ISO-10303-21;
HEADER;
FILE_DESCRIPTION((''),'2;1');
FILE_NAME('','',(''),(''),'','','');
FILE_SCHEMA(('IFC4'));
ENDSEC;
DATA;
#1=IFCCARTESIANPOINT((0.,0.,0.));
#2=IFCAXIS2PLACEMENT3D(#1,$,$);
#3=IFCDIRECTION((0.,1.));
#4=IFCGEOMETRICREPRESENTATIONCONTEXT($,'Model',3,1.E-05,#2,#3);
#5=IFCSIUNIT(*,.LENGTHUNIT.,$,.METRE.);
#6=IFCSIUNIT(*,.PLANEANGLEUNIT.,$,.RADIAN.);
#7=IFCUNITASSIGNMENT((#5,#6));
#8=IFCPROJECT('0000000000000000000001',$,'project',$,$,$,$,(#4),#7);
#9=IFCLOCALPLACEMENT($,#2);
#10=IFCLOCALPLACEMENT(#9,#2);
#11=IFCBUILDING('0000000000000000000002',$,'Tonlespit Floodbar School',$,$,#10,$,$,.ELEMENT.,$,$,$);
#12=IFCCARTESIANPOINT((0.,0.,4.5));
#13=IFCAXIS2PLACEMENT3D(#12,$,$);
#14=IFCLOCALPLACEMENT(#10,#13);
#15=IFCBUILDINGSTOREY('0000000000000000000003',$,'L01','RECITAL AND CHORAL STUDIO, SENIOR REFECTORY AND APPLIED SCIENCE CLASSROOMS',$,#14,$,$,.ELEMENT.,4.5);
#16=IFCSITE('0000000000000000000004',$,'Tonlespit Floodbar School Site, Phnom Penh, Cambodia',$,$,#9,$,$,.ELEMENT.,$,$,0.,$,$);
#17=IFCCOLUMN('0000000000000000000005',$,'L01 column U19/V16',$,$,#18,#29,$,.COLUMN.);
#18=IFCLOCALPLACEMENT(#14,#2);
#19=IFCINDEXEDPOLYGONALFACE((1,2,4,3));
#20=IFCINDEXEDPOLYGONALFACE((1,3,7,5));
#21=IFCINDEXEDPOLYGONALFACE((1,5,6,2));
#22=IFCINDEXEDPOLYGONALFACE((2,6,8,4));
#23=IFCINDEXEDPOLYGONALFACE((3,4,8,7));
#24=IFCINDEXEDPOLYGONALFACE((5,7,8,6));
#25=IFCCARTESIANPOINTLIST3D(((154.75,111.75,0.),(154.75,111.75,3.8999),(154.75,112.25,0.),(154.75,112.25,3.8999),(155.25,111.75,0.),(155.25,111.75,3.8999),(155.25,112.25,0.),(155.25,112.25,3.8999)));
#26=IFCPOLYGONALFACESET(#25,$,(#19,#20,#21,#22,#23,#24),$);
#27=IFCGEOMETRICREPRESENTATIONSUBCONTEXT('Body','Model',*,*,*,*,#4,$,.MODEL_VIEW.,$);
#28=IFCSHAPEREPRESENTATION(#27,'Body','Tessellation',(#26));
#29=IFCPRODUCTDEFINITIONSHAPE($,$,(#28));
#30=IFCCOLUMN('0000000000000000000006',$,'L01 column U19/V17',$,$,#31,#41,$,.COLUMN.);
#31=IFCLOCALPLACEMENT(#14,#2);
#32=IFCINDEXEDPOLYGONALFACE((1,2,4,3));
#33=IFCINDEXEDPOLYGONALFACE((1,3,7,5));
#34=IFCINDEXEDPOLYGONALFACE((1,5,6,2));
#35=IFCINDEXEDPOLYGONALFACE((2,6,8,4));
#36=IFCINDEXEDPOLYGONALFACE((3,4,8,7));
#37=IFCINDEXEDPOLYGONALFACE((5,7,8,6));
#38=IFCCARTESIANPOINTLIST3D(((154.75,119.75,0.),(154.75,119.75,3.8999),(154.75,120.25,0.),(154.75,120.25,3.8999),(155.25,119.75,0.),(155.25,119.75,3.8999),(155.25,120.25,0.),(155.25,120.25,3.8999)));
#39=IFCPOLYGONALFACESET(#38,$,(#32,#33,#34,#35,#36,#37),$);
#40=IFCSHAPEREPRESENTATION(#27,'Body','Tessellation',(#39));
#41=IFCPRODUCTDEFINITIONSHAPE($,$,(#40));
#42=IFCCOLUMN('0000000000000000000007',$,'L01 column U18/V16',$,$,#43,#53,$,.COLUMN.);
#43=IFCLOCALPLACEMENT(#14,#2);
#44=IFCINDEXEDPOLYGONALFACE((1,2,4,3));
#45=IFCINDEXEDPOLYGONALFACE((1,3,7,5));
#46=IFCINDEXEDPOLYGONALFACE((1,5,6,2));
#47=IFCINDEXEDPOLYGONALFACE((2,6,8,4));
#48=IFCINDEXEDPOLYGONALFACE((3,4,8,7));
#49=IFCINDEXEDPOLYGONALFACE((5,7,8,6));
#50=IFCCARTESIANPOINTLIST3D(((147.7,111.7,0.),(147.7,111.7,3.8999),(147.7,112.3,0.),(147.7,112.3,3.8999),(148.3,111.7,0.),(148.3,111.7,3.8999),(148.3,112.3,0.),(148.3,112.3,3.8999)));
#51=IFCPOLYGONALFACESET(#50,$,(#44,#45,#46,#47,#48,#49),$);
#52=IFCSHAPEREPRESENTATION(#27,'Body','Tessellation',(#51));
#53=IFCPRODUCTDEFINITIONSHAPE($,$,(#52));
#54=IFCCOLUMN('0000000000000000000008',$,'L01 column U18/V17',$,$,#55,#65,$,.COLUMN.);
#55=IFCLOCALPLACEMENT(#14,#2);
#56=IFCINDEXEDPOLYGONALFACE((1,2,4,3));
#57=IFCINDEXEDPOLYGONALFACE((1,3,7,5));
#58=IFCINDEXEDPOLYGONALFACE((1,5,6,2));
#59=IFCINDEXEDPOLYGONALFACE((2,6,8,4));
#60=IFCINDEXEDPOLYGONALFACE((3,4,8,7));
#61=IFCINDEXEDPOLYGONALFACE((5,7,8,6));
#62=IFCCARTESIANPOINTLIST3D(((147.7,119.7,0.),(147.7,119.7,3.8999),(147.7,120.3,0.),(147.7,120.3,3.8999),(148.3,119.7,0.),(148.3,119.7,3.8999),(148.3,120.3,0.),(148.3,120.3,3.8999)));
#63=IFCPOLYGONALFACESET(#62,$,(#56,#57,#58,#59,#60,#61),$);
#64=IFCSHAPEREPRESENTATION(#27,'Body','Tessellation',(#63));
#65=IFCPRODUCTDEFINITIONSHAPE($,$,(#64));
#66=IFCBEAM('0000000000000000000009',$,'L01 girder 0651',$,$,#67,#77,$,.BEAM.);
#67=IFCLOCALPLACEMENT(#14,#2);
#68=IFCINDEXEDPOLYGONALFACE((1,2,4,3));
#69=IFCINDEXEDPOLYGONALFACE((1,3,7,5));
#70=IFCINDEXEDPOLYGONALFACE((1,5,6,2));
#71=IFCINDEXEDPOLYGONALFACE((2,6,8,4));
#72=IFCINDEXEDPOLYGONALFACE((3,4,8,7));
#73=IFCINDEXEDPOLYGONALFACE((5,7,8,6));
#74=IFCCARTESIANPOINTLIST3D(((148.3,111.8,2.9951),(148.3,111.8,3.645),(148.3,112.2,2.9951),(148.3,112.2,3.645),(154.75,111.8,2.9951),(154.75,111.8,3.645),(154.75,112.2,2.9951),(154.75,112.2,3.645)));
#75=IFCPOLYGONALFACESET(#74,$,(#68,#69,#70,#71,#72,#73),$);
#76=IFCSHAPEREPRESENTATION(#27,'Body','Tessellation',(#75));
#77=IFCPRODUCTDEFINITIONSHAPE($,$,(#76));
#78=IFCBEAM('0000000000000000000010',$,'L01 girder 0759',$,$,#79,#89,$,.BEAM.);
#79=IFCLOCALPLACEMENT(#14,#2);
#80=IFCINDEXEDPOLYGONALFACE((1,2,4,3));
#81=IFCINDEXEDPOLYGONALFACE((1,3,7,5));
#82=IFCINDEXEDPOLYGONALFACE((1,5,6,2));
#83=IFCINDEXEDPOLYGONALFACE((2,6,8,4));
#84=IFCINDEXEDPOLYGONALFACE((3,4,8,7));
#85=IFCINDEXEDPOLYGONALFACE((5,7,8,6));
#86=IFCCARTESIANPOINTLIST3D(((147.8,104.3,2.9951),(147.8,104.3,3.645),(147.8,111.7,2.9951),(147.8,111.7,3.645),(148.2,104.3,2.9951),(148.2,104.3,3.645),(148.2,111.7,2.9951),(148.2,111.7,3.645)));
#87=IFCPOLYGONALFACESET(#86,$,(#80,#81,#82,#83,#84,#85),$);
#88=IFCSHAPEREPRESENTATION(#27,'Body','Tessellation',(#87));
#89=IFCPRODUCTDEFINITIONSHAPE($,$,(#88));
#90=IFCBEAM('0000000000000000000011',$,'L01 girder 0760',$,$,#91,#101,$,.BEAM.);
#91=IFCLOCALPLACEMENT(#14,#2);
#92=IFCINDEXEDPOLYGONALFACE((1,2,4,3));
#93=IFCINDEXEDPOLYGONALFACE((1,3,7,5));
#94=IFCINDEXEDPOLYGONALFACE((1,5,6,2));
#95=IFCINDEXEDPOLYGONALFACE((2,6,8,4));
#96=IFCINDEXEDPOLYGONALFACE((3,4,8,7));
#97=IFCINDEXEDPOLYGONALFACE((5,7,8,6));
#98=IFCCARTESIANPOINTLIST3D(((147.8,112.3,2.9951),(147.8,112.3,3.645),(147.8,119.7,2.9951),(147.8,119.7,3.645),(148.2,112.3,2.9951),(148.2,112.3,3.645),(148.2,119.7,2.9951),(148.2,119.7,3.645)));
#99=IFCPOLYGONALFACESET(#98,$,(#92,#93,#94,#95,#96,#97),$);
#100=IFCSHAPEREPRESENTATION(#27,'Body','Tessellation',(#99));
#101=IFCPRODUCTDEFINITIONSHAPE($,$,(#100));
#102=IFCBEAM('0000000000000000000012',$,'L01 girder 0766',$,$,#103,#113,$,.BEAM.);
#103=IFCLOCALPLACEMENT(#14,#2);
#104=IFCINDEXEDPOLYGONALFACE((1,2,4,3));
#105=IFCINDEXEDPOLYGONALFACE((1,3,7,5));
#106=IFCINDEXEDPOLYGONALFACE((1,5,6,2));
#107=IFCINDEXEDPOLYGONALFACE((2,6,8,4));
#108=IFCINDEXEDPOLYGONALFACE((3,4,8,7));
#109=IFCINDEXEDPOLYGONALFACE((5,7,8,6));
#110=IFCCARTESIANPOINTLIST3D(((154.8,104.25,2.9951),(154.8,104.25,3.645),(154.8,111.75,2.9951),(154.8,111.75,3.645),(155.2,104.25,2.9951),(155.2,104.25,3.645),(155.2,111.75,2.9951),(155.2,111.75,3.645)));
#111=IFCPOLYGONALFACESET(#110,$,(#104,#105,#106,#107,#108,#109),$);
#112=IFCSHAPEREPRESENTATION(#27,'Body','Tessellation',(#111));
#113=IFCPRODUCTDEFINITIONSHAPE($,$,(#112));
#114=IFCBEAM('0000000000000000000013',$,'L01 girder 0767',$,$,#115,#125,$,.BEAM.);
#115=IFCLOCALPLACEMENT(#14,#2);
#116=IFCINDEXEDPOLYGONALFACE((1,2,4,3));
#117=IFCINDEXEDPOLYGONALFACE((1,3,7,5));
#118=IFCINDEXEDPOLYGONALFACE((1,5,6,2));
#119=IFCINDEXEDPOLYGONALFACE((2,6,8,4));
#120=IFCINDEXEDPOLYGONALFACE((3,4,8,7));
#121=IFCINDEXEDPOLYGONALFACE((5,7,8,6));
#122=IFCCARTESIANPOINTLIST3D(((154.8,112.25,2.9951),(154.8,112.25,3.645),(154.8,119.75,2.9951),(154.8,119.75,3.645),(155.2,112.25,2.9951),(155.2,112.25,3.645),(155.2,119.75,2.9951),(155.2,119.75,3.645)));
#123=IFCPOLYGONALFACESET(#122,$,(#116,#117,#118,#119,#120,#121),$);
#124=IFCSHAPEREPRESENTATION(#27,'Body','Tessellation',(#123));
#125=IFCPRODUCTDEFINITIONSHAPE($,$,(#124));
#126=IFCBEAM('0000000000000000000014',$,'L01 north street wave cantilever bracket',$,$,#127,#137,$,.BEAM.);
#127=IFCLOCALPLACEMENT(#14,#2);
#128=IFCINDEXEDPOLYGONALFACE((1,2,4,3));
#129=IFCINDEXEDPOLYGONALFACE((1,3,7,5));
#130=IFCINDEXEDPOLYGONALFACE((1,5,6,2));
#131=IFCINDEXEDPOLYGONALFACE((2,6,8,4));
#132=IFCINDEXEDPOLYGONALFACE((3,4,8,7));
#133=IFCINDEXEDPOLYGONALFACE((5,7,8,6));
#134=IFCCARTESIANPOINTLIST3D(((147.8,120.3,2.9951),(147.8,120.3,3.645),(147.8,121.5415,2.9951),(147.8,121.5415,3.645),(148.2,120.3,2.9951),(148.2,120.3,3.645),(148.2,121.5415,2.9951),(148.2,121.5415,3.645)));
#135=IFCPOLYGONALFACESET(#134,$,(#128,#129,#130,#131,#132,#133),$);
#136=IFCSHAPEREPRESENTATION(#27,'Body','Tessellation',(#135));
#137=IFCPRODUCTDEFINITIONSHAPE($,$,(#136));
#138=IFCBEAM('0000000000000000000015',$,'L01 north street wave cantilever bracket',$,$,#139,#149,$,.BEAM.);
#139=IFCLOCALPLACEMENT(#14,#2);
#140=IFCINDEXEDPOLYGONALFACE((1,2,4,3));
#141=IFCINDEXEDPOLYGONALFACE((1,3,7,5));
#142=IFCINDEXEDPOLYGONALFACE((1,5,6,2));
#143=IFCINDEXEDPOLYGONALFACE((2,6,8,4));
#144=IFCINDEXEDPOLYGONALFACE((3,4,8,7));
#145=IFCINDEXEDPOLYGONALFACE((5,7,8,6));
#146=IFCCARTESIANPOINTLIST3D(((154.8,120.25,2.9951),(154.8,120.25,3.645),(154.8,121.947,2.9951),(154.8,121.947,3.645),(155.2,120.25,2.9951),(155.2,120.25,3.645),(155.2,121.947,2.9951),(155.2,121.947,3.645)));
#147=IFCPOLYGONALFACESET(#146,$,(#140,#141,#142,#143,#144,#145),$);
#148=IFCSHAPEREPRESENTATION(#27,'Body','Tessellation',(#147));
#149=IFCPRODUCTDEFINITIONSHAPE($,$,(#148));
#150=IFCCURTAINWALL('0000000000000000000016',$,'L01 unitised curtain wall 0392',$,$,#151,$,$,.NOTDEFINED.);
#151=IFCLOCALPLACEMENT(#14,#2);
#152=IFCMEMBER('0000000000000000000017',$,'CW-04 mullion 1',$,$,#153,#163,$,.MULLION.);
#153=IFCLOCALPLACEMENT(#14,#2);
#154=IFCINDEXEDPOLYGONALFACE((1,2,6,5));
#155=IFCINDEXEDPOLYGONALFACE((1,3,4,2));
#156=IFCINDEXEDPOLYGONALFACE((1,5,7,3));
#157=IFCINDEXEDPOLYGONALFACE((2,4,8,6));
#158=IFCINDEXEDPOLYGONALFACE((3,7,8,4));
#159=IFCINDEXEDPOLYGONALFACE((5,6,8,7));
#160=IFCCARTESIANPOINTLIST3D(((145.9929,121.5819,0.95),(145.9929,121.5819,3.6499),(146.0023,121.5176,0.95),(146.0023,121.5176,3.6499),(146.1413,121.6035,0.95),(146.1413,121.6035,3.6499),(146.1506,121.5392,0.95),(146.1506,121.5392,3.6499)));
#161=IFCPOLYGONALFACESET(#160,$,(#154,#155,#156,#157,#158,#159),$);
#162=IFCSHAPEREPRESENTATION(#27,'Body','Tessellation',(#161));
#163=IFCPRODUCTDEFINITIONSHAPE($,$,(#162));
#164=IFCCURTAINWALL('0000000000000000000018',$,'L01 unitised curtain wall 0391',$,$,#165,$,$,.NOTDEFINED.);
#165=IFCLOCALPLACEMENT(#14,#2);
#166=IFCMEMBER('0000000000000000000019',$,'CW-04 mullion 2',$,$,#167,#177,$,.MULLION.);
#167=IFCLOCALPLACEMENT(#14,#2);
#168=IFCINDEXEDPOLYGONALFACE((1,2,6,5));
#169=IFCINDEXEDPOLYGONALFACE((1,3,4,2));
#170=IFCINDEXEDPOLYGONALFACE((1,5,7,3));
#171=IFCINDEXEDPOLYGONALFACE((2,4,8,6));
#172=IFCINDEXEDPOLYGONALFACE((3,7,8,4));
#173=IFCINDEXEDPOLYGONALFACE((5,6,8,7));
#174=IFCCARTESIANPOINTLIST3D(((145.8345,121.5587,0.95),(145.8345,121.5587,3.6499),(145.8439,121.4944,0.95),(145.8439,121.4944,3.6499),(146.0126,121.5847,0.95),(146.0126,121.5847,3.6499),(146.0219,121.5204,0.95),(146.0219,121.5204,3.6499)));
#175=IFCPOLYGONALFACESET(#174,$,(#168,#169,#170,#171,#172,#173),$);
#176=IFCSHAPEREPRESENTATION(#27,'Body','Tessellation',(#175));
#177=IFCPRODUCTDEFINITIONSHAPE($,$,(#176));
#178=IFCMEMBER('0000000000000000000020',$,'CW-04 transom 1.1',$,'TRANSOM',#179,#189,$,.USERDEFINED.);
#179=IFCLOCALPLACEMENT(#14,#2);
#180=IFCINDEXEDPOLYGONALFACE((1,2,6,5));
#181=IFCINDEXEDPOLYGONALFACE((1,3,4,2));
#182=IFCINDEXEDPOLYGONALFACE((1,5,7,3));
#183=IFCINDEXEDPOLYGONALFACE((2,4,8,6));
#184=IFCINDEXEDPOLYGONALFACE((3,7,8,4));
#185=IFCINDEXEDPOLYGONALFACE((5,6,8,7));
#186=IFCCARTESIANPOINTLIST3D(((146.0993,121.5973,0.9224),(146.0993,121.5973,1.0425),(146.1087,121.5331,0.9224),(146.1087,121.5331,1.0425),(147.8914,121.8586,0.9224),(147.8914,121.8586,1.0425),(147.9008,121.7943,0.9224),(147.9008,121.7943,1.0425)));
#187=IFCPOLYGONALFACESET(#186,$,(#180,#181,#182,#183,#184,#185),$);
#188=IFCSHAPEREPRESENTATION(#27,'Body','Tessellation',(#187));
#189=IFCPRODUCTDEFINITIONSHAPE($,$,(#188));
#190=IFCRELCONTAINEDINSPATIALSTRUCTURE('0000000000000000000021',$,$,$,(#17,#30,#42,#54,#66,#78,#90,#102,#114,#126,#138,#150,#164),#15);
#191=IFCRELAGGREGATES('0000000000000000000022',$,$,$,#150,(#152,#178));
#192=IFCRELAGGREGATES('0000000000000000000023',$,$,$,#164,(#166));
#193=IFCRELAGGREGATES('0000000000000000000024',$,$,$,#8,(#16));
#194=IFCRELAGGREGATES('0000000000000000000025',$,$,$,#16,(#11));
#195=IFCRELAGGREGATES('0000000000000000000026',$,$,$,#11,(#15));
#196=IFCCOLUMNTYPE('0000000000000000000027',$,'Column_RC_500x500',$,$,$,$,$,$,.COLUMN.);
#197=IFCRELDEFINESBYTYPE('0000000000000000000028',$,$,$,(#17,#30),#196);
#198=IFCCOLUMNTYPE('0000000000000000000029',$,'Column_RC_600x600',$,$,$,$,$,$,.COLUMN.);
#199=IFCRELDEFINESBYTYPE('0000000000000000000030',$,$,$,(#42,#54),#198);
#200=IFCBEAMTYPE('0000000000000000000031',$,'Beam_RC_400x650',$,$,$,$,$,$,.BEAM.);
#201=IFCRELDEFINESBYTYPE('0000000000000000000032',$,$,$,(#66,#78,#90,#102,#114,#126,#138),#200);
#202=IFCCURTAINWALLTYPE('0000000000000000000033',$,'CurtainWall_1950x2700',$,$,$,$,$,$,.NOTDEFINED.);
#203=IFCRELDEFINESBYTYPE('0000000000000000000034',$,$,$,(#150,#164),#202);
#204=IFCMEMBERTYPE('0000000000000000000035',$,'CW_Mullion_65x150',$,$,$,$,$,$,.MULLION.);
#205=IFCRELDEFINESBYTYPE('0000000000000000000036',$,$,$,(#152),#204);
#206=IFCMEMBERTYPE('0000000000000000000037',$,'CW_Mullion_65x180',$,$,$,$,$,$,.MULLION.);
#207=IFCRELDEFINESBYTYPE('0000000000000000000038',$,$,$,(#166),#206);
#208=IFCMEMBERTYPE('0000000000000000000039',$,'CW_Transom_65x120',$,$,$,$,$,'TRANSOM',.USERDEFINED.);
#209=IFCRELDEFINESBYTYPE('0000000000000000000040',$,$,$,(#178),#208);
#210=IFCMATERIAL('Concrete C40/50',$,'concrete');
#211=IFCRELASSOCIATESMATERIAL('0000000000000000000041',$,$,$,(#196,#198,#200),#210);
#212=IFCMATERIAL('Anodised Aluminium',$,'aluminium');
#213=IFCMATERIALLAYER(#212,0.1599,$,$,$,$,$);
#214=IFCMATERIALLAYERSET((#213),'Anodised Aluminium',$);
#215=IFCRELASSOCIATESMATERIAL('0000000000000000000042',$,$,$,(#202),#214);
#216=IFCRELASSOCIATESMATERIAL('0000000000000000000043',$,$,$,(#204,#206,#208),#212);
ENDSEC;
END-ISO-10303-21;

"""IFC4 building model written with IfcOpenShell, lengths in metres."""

from ifc_helpers import new_model, si_unit, direction, frame, origin, origin_2d, place, context, subcontext, project, spatial, rectangle, extrude, material, layer, layer_set, material_profile, profile_set, type_object, element, aggregate, save


model = new_model("IFC4")

# Units and contexts
model_context = context("Model", 3, precision=1e-05, world=origin(), true_north=direction((0.0, 1.0)))
body_context = subcontext(model_context, "Body", "Model", "MODEL_VIEW")
ifc_project = project(units=[si_unit("LENGTHUNIT", "METRE"), si_unit("PLANEANGLEUNIT", "RADIAN")], contexts=[model_context])

# Site, building, storey
site_placement = place(None, origin())
site = spatial("IfcSite", under=ifc_project, at=site_placement, Name="Tonlespit Floodbar School Site, Phnom Penh, Cambodia", CompositionType="ELEMENT", RefElevation=0.0)
building_placement = place(site_placement, origin())
building = spatial("IfcBuilding", under=site, at=building_placement, Name="Tonlespit Floodbar School", CompositionType="ELEMENT")
storey_placement = place(building_placement, frame((0.0, 0.0, 4.5)))
storey = spatial("IfcBuildingStorey", under=building, at=storey_placement, Name="L01", Description="RECITAL AND CHORAL STUDIO, SENIOR REFECTORY AND APPLIED SCIENCE CLASSROOMS", CompositionType="ELEMENT", Elevation=4.5)

# Columns
ifc_material_1 = material(Name="Concrete C40/50", Category="concrete")
ifc_material_profile_1 = material_profile(ifc_material_1, rectangle(XDim=0.5, YDim=0.5, at=origin_2d()), Name="RC 500x500")
ifc_profile_set_1 = profile_set([ifc_material_profile_1], Name="Concrete C40/50")
column_type_1 = type_object("IfcColumnType", Name="Column_RC_500x500", PredefinedType="COLUMN", material=ifc_profile_set_1)
for number, where, z_axis, x_axis, name in (
    (1, (155.0, 112.0, 0.0), (0.0, 0.0, 1.0), (1.0, 0.0, 0.0), "L01 column U19/V16"),
    (2, (155.0, 120.0, 0.0), (0.0, 0.0, 1.0), (1.0, 0.0, 0.0), "L01 column U19/V17"),
):
    element("IfcColumn", number, at=place(storey_placement, frame(where, z_axis=z_axis, x_axis=x_axis)), inside=storey, type_object=column_type_1, Name=name, PredefinedType="COLUMN", context=body_context, shape_type="SweptSolid", body=[
        extrude(rectangle(XDim=0.5, YDim=0.5, at=origin_2d()), origin(), (0.0, 0.0, 1.0), 3.8999),
    ])
ifc_material_profile_2 = material_profile(ifc_material_1, rectangle(XDim=0.6001, YDim=0.6001, at=origin_2d()), Name="RC 600x600")
ifc_profile_set_2 = profile_set([ifc_material_profile_2], Name="Concrete C40/50")
column_type_2 = type_object("IfcColumnType", Name="Column_RC_600x600", PredefinedType="COLUMN", material=ifc_profile_set_2)
for number, where, z_axis, x_axis, name in (
    (3, (148.0, 112.0, 0.0), (0.0, 0.0, 1.0), (1.0, 0.0, 0.0), "L01 column U18/V16"),
    (4, (148.0, 120.0, 0.0), (0.0, 0.0, 1.0), (1.0, 0.0, 0.0), "L01 column U18/V17"),
):
    element("IfcColumn", number, at=place(storey_placement, frame(where, z_axis=z_axis, x_axis=x_axis)), inside=storey, type_object=column_type_2, Name=name, PredefinedType="COLUMN", context=body_context, shape_type="SweptSolid", body=[
        extrude(rectangle(XDim=0.6001, YDim=0.6001, at=origin_2d()), origin(), (0.0, 0.0, 1.0), 3.8999),
    ])

# Beams
ifc_material_profile_3 = material_profile(ifc_material_1, rectangle(XDim=0.3999, YDim=0.6499, at=origin_2d()), Name="RC 400x650")
ifc_profile_set_3 = profile_set([ifc_material_profile_3], Name="Concrete C40/50")
beam_type_1 = type_object("IfcBeamType", Name="Beam_RC_400x650", PredefinedType="BEAM", material=ifc_profile_set_3)
beam_1_placement = place(storey_placement, frame((148.3, 112.0, 3.3201), z_axis=(1.0, 0.0, 0.0), x_axis=(0.0, 1.0, 0.0)))
element("IfcBeam", 5, at=beam_1_placement, inside=storey, type_object=beam_type_1, Name="L01 girder 0651", PredefinedType="BEAM", context=body_context, shape_type="SweptSolid", body=[
    extrude(rectangle(XDim=0.3999, YDim=0.6499, at=origin_2d()), origin(), (0.0, 0.0, 1.0), 6.45),
])
for number, where, z_axis, x_axis, name in (
    (6, (148.0, 104.3, 3.3201), (0.0, 1.0, 0.0), (-1.0, 0.0, 0.0), "L01 girder 0759"),
    (7, (148.0, 112.3, 3.3201), (0.0, 1.0, 0.0), (-1.0, 0.0, 0.0), "L01 girder 0760"),
):
    element("IfcBeam", number, at=place(storey_placement, frame(where, z_axis=z_axis, x_axis=x_axis)), inside=storey, type_object=beam_type_1, Name=name, PredefinedType="BEAM", context=body_context, shape_type="SweptSolid", body=[
        extrude(rectangle(XDim=0.3999, YDim=0.6499, at=origin_2d()), origin(), (0.0, 0.0, 1.0), 7.3999),
    ])
for number, where, z_axis, x_axis, name in (
    (8, (155.0, 104.25, 3.3201), (0.0, 1.0, 0.0), (-1.0, 0.0, 0.0), "L01 girder 0766"),
    (9, (155.0, 112.25, 3.3201), (0.0, 1.0, 0.0), (-1.0, 0.0, 0.0), "L01 girder 0767"),
):
    element("IfcBeam", number, at=place(storey_placement, frame(where, z_axis=z_axis, x_axis=x_axis)), inside=storey, type_object=beam_type_1, Name=name, PredefinedType="BEAM", context=body_context, shape_type="SweptSolid", body=[
        extrude(rectangle(XDim=0.3999, YDim=0.6499, at=origin_2d()), origin(), (0.0, 0.0, 1.0), 7.5),
    ])
beam_2_placement = place(storey_placement, frame((148.0, 120.3, 3.3201), z_axis=(0.0, 1.0, 0.0), x_axis=(-1.0, 0.0, 0.0)))
element("IfcBeam", 10, at=beam_2_placement, inside=storey, type_object=beam_type_1, Name="L01 north street wave cantilever bracket", PredefinedType="BEAM", context=body_context, shape_type="SweptSolid", body=[
    extrude(rectangle(XDim=0.3999, YDim=0.6499, at=origin_2d()), origin(), (0.0, 0.0, 1.0), 1.2415),
])
beam_3_placement = place(storey_placement, frame((155.0, 120.25, 3.3201), z_axis=(0.0, 1.0, 0.0), x_axis=(-1.0, 0.0, 0.0)))
element("IfcBeam", 11, at=beam_3_placement, inside=storey, type_object=beam_type_1, Name="L01 north street wave cantilever bracket", PredefinedType="BEAM", context=body_context, shape_type="SweptSolid", body=[
    extrude(rectangle(XDim=0.3999, YDim=0.6499, at=origin_2d()), origin(), (0.0, 0.0, 1.0), 1.697),
])

# Curtain walls, members
ifc_material_2 = material(Name="Anodised Aluminium", Category="aluminium")
ifc_layer_1 = layer(ifc_material_2, 0.1599)
ifc_layer_set_1 = layer_set([ifc_layer_1], Name="Anodised Aluminium")
curtain_wall_type = type_object("IfcCurtainWallType", Name="CurtainWall_1950x2700", PredefinedType="NOTDEFINED", material=ifc_layer_set_1)
curtain_wall_1_placement = place(storey_placement, origin())
curtain_wall_1 = element("IfcCurtainWall", 12, at=curtain_wall_1_placement, inside=storey, type_object=curtain_wall_type, Name="L01 unitised curtain wall 0392", PredefinedType="NOTDEFINED")
ifc_material_profile_4 = material_profile(ifc_material_2, rectangle(XDim=0.0649, YDim=0.1499, at=origin_2d()), Name="ALU M65x150")
ifc_profile_set_4 = profile_set([ifc_material_profile_4], Name="Anodised Aluminium")
member_type_1 = type_object("IfcMemberType", Name="CW_Mullion_65x150", PredefinedType="MULLION", material=ifc_profile_set_4)
member_1_placement = place(storey_placement, frame((146.0718, 121.5605, 0.95), z_axis=(0.0, 0.0, 1.0), x_axis=(-0.144248, 0.989542, 0.0)))
member_1 = element("IfcMember", 13, at=member_1_placement, type_object=member_type_1, Name="CW-04 mullion 1", PredefinedType="MULLION", context=body_context, shape_type="SweptSolid", body=[
    extrude(rectangle(XDim=0.0649, YDim=0.1499, at=origin_2d()), origin(), (0.0, 0.0, 1.0), 2.7),
])
curtain_wall_2_placement = place(storey_placement, origin())
curtain_wall_2 = element("IfcCurtainWall", 14, at=curtain_wall_2_placement, inside=storey, type_object=curtain_wall_type, Name="L01 unitised curtain wall 0391", PredefinedType="NOTDEFINED")
ifc_material_profile_5 = material_profile(ifc_material_2, rectangle(XDim=0.0649, YDim=0.1799, at=origin_2d()), Name="ALU M65x180")
ifc_profile_set_5 = profile_set([ifc_material_profile_5], Name="Anodised Aluminium")
member_type_2 = type_object("IfcMemberType", Name="CW_Mullion_65x180", PredefinedType="MULLION", material=ifc_profile_set_5)
member_2_placement = place(storey_placement, frame((145.9282, 121.5396, 0.95), z_axis=(0.0, 0.0, 1.0), x_axis=(-0.144248, 0.989542, 0.0)))
member_2 = element("IfcMember", 15, at=member_2_placement, type_object=member_type_2, Name="CW-04 mullion 2", PredefinedType="MULLION", context=body_context, shape_type="SweptSolid", body=[
    extrude(rectangle(XDim=0.0649, YDim=0.1799, at=origin_2d()), origin(), (0.0, 0.0, 1.0), 2.7),
])

# Member
ifc_material_profile_6 = material_profile(ifc_material_2, rectangle(XDim=0.0649, YDim=0.1201, at=origin_2d()), Name="ALU T65x120")
ifc_profile_set_6 = profile_set([ifc_material_profile_6], Name="Anodised Aluminium")
member_type_3 = type_object("IfcMemberType", Name="CW_Transom_65x120", ElementType="TRANSOM", PredefinedType="USERDEFINED", material=ifc_profile_set_6)
member_3_placement = place(storey_placement, frame((146.104, 121.5652, 0.9824), z_axis=(0.989541, 0.144252, 0.0), x_axis=(-0.144252, 0.989541, 0.0)))
member_3 = element("IfcMember", 16, at=member_3_placement, type_object=member_type_3, Name="CW-04 transom 1.1", ObjectType="TRANSOM", PredefinedType="USERDEFINED", context=body_context, shape_type="SweptSolid", body=[
    extrude(rectangle(XDim=0.0649, YDim=0.1201, at=origin_2d()), origin(), (0.0, 0.0, 1.0), 1.811),
])
aggregate(curtain_wall_1, [member_1, member_3])

aggregate(curtain_wall_2, [member_2])

save(model, "model.ifc")
